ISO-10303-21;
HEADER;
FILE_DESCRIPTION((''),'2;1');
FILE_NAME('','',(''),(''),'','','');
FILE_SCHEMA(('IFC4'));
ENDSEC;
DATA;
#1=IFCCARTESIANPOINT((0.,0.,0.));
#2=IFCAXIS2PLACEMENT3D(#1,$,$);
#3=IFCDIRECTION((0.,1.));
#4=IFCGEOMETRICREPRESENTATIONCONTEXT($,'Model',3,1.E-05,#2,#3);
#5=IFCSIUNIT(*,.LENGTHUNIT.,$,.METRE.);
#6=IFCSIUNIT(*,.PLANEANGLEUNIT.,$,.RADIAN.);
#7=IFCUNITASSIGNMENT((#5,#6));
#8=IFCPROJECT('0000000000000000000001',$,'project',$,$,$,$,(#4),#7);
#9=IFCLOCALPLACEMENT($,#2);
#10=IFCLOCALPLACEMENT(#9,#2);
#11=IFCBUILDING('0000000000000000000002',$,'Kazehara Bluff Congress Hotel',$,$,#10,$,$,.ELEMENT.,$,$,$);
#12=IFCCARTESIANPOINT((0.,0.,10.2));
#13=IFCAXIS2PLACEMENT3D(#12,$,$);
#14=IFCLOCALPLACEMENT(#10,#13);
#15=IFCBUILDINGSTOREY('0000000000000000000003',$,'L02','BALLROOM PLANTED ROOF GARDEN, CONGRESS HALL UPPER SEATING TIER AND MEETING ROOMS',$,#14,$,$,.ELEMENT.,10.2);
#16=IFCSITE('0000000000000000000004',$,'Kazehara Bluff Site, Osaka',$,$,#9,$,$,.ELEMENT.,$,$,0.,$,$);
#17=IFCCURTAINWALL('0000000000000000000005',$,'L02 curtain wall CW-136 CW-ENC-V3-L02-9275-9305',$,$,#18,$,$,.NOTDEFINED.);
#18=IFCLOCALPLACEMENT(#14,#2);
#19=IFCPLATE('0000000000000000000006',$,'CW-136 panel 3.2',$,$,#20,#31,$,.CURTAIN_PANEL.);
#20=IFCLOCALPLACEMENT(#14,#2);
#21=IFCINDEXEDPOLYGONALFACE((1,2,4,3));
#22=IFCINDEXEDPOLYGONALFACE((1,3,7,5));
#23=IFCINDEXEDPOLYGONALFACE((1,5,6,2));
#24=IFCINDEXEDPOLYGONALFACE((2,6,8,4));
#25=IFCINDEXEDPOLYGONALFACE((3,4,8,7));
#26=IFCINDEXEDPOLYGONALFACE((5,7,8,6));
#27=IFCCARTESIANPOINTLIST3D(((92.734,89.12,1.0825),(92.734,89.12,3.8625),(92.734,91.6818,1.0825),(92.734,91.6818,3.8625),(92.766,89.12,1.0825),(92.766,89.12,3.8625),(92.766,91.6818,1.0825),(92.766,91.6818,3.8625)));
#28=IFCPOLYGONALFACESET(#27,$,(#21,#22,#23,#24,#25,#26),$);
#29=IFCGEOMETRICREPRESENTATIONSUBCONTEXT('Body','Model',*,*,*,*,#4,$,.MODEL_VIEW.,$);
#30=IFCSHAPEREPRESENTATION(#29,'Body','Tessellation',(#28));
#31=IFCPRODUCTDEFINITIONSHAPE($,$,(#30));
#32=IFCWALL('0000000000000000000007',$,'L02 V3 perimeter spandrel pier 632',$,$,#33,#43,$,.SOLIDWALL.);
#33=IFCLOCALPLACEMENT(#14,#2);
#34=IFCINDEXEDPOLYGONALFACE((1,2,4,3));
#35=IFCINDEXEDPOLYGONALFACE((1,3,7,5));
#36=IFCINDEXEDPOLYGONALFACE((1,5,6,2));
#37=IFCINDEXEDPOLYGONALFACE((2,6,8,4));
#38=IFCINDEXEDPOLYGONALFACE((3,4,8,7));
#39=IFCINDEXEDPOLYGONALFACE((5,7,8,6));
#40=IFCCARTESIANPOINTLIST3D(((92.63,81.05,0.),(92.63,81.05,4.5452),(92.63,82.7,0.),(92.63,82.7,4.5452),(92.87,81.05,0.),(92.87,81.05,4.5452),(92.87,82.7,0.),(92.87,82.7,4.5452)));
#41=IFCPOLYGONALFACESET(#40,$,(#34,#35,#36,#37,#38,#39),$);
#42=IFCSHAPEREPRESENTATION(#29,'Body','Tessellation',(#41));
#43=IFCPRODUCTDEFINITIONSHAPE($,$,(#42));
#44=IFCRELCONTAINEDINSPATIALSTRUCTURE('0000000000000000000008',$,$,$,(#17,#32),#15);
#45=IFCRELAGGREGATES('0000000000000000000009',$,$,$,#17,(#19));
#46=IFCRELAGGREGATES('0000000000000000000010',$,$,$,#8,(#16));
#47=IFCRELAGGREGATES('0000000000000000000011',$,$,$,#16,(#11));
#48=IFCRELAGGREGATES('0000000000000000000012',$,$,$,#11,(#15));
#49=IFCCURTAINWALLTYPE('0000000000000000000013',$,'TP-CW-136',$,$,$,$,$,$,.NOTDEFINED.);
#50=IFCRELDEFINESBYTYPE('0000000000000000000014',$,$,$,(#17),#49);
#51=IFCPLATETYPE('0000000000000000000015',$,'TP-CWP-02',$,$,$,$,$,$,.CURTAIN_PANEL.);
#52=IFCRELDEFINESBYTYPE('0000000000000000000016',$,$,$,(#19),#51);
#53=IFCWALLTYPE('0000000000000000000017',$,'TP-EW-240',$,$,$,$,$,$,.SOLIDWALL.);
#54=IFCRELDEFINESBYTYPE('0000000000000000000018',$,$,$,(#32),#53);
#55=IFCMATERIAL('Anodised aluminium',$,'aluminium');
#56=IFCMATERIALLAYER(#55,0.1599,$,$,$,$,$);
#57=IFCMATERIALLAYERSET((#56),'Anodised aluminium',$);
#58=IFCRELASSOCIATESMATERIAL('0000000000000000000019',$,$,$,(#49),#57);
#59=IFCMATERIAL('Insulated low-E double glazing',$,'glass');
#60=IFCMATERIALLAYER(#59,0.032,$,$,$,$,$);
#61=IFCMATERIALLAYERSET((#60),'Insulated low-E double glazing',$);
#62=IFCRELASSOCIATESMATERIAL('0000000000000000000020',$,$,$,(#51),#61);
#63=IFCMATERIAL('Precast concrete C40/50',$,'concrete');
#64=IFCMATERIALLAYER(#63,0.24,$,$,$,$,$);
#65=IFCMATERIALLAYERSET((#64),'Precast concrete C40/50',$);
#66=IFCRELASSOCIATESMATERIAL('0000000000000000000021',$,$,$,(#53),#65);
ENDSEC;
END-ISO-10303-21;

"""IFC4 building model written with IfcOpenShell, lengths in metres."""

from ifc_helpers import new_model, si_unit, direction, frame, frame_2d, origin, origin_2d, place, context, subcontext, project, spatial, rectangle, extrude, material, layer, layer_set, type_object, element, aggregate, save


model = new_model("IFC4")

# Units and contexts
model_context = context("Model", 3, precision=1e-05, world=origin(), true_north=direction((0.0, 1.0)))
body_context = subcontext(model_context, "Body", "Model", "MODEL_VIEW")
ifc_project = project(units=[si_unit("LENGTHUNIT", "METRE"), si_unit("PLANEANGLEUNIT", "RADIAN")], contexts=[model_context])

# Site, building, storey
site_placement = place(None, origin())
site = spatial("IfcSite", under=ifc_project, at=site_placement, Name="Kazehara Bluff Site, Osaka", CompositionType="ELEMENT", RefElevation=0.0)
building_placement = place(site_placement, origin())
building = spatial("IfcBuilding", under=site, at=building_placement, Name="Kazehara Bluff Congress Hotel", CompositionType="ELEMENT")
storey_placement = place(building_placement, frame((0.0, 0.0, 10.2)))
storey = spatial("IfcBuildingStorey", under=building, at=storey_placement, Name="L02", Description="BALLROOM PLANTED ROOF GARDEN, CONGRESS HALL UPPER SEATING TIER AND MEETING ROOMS", CompositionType="ELEMENT", Elevation=10.2)

# Curtain wall
ifc_material_1 = material(Name="Anodised aluminium", Category="aluminium")
ifc_layer_1 = layer(ifc_material_1, 0.1599)
ifc_layer_set_1 = layer_set([ifc_layer_1], Name="Anodised aluminium")
curtain_wall_type_1 = type_object("IfcCurtainWallType", Name="TP-CW-136", PredefinedType="NOTDEFINED", material=ifc_layer_set_1)
curtain_wall_1_placement = place(storey_placement, origin())
curtain_wall_1 = element("IfcCurtainWall", 1, at=curtain_wall_1_placement, inside=storey, type_object=curtain_wall_type_1, Name="L02 curtain wall CW-136 CW-ENC-V3-L02-9275-9305", PredefinedType="NOTDEFINED")

# Plate
ifc_material_2 = material(Name="Insulated low-E double glazing", Category="glass")
ifc_layer_2 = layer(ifc_material_2, 0.032)
ifc_layer_set_2 = layer_set([ifc_layer_2], Name="Insulated low-E double glazing")
plate_type = type_object("IfcPlateType", Name="TP-CWP-02", PredefinedType="CURTAIN_PANEL", material=ifc_layer_set_2)
plate_1_placement = place(storey_placement, frame((92.75, 90.4009, 1.0825), z_axis=(0.0, 0.0, 1.0), x_axis=(0.0, -1.0, 0.0)))
plate_1 = element("IfcPlate", 2, at=plate_1_placement, type_object=plate_type, Name="CW-136 panel 3.2", PredefinedType="CURTAIN_PANEL", context=body_context, shape_type="SweptSolid", body=[
    extrude(rectangle(XDim=2.5618, YDim=0.032, at=origin_2d()), origin(), (0.0, 0.0, 1.0), 2.78),
])
aggregate(curtain_wall_1, [plate_1])

# Wall
ifc_material_3 = material(Name="Precast concrete C40/50", Category="concrete")
ifc_layer_3 = layer(ifc_material_3, 0.24)
ifc_layer_set_3 = layer_set([ifc_layer_3], Name="Precast concrete C40/50")
wall_type = type_object("IfcWallType", Name="TP-EW-240", PredefinedType="SOLIDWALL", material=ifc_layer_set_3)
wall_placement = place(storey_placement, frame((92.75, 82.7, 0.0), z_axis=(0.0, 0.0, 1.0), x_axis=(0.0, -1.0, 0.0)))
element("IfcWall", 3, at=wall_placement, inside=storey, type_object=wall_type, Name="L02 V3 perimeter spandrel pier 632", PredefinedType="SOLIDWALL", context=body_context, shape_type="SweptSolid", body=[
    extrude(rectangle(XDim=1.6499, YDim=0.24, at=frame_2d((0.825, 0.0))), origin(), (0.0, 0.0, 1.0), 4.5452),
])

save(model, "model.ifc")
